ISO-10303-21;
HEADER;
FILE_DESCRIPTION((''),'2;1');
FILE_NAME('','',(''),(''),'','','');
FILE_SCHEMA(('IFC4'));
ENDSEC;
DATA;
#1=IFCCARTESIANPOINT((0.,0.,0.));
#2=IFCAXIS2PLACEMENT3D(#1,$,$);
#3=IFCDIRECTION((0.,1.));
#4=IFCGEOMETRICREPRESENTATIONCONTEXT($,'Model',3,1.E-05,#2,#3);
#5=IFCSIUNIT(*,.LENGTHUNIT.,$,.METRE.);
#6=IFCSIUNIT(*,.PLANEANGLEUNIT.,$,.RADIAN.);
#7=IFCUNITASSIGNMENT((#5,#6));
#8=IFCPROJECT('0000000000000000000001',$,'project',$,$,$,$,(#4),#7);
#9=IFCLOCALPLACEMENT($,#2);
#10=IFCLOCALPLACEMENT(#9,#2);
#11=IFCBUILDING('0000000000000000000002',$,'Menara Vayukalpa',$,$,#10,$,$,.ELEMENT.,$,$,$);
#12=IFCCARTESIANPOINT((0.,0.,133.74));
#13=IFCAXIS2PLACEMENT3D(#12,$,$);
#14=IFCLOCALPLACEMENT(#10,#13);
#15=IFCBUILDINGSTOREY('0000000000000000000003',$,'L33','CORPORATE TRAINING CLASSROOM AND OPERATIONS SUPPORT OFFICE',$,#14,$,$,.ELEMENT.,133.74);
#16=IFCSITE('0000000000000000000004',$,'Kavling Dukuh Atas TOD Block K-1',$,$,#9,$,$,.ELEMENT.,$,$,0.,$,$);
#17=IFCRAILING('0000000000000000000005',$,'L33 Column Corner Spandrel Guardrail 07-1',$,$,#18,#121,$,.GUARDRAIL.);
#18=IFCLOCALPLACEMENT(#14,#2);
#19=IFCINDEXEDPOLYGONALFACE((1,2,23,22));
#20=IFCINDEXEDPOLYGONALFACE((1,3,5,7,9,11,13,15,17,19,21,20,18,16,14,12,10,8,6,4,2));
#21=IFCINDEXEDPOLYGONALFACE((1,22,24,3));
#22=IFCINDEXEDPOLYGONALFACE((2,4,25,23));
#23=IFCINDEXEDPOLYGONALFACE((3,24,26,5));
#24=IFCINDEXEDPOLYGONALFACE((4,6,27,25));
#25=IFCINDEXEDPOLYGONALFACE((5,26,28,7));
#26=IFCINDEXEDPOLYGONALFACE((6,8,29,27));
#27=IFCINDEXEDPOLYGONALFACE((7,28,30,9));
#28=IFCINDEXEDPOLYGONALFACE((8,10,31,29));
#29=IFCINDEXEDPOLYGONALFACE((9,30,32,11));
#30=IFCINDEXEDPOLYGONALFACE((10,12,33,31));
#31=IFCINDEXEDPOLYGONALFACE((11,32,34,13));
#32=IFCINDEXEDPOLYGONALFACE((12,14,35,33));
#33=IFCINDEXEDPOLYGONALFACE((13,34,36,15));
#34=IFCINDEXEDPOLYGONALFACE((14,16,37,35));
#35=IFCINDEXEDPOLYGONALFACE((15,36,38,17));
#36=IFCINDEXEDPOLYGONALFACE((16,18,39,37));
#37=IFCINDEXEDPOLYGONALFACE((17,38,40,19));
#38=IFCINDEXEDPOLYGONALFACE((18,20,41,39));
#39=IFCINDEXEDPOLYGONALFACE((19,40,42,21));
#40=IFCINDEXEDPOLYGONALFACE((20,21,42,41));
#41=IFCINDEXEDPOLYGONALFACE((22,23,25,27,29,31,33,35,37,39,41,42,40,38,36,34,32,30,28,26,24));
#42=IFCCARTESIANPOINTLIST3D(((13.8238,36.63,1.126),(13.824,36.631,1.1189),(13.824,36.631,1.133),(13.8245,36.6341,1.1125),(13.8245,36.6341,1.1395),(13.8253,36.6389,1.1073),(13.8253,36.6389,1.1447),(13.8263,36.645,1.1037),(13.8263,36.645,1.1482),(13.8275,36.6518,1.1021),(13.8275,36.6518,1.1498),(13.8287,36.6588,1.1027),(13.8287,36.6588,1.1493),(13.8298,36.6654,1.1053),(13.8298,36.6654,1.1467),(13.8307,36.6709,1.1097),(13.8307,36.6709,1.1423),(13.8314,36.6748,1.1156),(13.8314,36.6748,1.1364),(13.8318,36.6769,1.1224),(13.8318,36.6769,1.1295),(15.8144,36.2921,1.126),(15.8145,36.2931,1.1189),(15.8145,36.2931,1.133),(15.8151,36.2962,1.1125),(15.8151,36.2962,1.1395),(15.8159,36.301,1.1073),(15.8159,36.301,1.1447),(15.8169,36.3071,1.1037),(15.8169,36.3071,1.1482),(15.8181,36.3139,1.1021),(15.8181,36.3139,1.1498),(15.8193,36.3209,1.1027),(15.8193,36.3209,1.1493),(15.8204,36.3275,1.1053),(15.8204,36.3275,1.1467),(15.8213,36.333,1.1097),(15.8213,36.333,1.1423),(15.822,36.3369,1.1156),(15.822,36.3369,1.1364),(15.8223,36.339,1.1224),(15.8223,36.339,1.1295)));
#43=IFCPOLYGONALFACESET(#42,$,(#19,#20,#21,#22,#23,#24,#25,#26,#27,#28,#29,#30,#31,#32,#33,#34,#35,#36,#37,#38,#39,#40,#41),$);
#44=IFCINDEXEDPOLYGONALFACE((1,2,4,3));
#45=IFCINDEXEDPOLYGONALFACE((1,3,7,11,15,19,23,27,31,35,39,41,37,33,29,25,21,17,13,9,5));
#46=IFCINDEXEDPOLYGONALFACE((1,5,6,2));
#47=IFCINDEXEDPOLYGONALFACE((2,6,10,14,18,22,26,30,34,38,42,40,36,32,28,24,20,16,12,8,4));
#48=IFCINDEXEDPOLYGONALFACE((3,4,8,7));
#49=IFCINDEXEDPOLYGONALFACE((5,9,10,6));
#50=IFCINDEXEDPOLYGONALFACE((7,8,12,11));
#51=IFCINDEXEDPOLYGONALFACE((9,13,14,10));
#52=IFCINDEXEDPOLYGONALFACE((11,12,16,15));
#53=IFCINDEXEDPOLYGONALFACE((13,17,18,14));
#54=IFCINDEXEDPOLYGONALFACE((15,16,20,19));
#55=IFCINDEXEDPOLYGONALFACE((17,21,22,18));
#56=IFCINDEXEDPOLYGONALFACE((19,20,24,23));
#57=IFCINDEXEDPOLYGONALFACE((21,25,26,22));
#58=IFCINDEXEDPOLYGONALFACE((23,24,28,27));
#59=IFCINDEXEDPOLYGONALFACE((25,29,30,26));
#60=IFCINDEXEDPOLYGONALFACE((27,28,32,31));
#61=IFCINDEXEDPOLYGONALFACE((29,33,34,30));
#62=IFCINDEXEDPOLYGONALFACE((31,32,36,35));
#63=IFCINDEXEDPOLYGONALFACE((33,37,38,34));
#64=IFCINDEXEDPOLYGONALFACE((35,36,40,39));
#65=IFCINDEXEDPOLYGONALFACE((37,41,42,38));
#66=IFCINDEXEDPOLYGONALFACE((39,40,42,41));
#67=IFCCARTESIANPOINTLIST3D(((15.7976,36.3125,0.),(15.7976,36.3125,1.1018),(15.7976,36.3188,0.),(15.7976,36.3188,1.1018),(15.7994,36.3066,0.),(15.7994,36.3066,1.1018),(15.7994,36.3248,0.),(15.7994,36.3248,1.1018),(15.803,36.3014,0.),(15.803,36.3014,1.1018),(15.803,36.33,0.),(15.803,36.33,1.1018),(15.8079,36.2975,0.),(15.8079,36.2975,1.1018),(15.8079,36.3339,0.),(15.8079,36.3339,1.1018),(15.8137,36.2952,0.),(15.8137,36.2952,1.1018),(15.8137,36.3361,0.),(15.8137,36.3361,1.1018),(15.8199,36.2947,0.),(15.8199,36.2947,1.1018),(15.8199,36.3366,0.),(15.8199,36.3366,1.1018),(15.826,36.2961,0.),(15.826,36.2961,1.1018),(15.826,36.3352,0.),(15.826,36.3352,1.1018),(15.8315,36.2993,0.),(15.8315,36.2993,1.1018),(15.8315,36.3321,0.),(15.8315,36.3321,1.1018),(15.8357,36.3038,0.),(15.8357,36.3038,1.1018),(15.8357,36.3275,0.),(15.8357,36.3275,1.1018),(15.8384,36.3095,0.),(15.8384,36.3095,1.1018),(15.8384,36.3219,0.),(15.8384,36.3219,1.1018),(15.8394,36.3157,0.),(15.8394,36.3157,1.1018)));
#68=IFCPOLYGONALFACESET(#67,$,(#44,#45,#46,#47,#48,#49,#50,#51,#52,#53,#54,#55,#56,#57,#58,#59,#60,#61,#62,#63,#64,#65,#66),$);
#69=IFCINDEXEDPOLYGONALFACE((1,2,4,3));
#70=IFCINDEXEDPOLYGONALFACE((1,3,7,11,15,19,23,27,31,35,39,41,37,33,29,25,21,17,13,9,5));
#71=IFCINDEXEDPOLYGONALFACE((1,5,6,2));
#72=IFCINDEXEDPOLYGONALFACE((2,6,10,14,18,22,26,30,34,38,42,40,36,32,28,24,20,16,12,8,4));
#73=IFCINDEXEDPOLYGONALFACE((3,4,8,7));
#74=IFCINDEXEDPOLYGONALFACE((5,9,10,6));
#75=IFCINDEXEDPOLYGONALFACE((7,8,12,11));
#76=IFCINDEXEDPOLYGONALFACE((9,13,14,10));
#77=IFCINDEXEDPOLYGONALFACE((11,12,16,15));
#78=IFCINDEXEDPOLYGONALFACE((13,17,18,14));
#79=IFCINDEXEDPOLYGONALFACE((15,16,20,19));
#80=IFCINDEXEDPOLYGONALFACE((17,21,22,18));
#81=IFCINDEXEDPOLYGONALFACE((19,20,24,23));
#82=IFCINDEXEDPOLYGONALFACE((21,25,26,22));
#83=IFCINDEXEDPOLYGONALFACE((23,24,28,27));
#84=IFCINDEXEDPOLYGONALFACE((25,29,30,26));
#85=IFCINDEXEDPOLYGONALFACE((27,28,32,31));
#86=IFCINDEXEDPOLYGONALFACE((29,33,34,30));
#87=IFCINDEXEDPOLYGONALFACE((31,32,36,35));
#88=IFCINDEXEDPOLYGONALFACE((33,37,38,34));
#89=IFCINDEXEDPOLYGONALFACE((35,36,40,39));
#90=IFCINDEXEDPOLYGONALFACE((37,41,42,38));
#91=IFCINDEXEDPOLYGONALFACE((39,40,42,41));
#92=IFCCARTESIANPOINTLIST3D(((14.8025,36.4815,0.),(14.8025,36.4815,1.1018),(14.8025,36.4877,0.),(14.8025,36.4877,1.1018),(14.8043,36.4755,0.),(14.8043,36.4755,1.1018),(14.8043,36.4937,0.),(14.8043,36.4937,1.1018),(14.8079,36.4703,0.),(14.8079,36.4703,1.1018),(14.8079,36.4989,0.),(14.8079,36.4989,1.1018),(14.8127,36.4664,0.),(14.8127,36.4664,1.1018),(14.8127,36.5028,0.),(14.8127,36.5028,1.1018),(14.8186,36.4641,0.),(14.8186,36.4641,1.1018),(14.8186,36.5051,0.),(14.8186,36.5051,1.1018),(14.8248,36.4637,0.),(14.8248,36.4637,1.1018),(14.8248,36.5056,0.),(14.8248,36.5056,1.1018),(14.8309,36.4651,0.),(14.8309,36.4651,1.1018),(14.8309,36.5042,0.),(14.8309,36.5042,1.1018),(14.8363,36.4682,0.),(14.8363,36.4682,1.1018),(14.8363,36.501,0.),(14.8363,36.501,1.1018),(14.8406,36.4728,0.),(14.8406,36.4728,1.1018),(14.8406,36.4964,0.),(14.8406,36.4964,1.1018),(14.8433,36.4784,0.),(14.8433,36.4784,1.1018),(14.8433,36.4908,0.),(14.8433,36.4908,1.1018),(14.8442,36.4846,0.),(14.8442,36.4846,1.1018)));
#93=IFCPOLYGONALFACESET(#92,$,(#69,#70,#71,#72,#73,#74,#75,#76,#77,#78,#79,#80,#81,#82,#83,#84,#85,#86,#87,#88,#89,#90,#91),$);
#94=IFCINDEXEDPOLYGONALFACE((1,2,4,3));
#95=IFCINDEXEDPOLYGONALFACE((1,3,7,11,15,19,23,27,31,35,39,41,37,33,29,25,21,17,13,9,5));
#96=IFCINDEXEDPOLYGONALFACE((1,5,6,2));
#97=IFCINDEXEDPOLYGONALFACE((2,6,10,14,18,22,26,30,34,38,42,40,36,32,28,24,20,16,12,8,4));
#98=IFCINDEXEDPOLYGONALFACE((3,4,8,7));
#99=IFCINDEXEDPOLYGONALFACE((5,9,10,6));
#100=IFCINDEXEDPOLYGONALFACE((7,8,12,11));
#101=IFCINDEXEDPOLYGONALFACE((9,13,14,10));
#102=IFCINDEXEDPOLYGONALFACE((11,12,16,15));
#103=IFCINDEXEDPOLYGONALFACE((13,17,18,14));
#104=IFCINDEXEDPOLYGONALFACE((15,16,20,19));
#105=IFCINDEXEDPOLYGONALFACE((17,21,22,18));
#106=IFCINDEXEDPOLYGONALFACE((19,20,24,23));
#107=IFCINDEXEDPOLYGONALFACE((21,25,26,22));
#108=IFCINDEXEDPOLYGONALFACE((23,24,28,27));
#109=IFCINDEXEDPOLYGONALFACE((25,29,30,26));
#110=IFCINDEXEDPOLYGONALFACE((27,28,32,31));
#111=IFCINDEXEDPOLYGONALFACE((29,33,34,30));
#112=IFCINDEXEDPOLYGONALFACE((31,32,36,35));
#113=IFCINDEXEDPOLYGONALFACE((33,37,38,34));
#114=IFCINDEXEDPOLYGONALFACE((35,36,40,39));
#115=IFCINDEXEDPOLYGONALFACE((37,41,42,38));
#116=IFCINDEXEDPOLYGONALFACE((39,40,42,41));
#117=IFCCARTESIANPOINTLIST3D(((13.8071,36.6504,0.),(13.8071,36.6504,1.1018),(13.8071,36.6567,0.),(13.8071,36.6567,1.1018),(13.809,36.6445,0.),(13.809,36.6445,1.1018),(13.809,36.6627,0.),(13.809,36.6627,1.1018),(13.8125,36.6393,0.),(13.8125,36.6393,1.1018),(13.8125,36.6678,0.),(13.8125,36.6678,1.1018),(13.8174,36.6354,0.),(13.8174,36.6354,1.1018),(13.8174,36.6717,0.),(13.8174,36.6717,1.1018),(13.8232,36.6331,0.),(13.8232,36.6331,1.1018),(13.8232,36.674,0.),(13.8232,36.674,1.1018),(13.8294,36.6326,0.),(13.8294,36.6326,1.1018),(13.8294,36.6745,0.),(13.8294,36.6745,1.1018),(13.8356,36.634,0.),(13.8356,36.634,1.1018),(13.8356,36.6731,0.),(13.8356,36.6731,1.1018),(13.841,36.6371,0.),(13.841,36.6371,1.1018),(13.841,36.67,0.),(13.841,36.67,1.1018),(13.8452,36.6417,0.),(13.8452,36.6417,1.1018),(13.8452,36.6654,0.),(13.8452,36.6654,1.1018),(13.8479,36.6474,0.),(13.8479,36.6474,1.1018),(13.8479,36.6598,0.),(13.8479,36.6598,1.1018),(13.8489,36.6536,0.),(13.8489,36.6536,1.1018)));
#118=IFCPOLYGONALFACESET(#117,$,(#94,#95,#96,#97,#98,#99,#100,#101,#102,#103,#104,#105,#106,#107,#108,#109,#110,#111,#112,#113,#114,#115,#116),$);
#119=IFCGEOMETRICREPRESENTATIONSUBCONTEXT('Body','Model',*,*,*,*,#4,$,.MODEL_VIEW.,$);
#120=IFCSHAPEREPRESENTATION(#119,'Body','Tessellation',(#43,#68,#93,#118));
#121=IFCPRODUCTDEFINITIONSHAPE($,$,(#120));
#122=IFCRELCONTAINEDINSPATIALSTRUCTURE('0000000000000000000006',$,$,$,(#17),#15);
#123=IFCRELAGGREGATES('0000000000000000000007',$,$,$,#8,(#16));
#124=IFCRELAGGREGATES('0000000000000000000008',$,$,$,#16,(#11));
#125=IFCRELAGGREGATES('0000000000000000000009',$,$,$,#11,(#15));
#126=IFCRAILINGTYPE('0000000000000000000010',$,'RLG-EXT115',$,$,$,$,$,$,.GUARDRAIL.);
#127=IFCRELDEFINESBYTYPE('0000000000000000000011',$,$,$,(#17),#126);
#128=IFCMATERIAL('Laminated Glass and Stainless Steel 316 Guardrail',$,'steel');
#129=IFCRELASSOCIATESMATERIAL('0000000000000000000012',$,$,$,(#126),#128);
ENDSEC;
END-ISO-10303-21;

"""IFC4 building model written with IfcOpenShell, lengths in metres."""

from ifc_helpers import new_model, si_unit, direction, frame, origin, origin_2d, place, context, subcontext, project, spatial, circle, extrude, material, type_object, element, save


model = new_model("IFC4")

# Units and contexts
model_context = context("Model", 3, precision=1e-05, world=origin(), true_north=direction((0.0, 1.0)))
body_context = subcontext(model_context, "Body", "Model", "MODEL_VIEW")
ifc_project = project(units=[si_unit("LENGTHUNIT", "METRE"), si_unit("PLANEANGLEUNIT", "RADIAN")], contexts=[model_context])

# Site, building, storey
site_placement = place(None, origin())
site = spatial("IfcSite", under=ifc_project, at=site_placement, Name="Kavling Dukuh Atas TOD Block K-1", CompositionType="ELEMENT", RefElevation=0.0)
building_placement = place(site_placement, origin())
building = spatial("IfcBuilding", under=site, at=building_placement, Name="Menara Vayukalpa", CompositionType="ELEMENT")
storey_placement = place(building_placement, frame((0.0, 0.0, 133.74)))
storey = spatial("IfcBuildingStorey", under=building, at=storey_placement, Name="L33", Description="CORPORATE TRAINING CLASSROOM AND OPERATIONS SUPPORT OFFICE", CompositionType="ELEMENT", Elevation=133.74)

# Railing
ifc_material_1 = material(Name="Laminated Glass and Stainless Steel 316 Guardrail", Category="steel")
railing_type = type_object("IfcRailingType", Name="RLG-EXT115", PredefinedType="GUARDRAIL", material=ifc_material_1)
railing_1_placement = place(storey_placement, frame((15.8184, 36.3157, 0.0)))
element("IfcRailing", 1, at=railing_1_placement, inside=storey, type_object=railing_type, Name="L33 Column Corner Spandrel Guardrail 07-1", PredefinedType="GUARDRAIL", context=body_context, shape_type="SweptSolid", body=[
    extrude(circle(Radius=0.0239, at=origin_2d()), frame((0.0, 0.0, 1.126), z_axis=(-0.985896, 0.167359, 0.0), x_axis=(-0.167359, -0.985896, 0.0)), (0.0, 0.0, 1.0), 2.019),
    extrude(circle(Radius=0.021, at=origin_2d()), origin(), (0.0, 0.0, 1.0), 1.1018),
    extrude(circle(Radius=0.021, at=origin_2d()), frame((-0.9951, 0.1689, 0.0)), (0.0, 0.0, 1.0), 1.1018),
    extrude(circle(Radius=0.021, at=origin_2d()), frame((-1.9905, 0.3379, 0.0)), (0.0, 0.0, 1.0), 1.1018),
])

save(model, "model.ifc")
